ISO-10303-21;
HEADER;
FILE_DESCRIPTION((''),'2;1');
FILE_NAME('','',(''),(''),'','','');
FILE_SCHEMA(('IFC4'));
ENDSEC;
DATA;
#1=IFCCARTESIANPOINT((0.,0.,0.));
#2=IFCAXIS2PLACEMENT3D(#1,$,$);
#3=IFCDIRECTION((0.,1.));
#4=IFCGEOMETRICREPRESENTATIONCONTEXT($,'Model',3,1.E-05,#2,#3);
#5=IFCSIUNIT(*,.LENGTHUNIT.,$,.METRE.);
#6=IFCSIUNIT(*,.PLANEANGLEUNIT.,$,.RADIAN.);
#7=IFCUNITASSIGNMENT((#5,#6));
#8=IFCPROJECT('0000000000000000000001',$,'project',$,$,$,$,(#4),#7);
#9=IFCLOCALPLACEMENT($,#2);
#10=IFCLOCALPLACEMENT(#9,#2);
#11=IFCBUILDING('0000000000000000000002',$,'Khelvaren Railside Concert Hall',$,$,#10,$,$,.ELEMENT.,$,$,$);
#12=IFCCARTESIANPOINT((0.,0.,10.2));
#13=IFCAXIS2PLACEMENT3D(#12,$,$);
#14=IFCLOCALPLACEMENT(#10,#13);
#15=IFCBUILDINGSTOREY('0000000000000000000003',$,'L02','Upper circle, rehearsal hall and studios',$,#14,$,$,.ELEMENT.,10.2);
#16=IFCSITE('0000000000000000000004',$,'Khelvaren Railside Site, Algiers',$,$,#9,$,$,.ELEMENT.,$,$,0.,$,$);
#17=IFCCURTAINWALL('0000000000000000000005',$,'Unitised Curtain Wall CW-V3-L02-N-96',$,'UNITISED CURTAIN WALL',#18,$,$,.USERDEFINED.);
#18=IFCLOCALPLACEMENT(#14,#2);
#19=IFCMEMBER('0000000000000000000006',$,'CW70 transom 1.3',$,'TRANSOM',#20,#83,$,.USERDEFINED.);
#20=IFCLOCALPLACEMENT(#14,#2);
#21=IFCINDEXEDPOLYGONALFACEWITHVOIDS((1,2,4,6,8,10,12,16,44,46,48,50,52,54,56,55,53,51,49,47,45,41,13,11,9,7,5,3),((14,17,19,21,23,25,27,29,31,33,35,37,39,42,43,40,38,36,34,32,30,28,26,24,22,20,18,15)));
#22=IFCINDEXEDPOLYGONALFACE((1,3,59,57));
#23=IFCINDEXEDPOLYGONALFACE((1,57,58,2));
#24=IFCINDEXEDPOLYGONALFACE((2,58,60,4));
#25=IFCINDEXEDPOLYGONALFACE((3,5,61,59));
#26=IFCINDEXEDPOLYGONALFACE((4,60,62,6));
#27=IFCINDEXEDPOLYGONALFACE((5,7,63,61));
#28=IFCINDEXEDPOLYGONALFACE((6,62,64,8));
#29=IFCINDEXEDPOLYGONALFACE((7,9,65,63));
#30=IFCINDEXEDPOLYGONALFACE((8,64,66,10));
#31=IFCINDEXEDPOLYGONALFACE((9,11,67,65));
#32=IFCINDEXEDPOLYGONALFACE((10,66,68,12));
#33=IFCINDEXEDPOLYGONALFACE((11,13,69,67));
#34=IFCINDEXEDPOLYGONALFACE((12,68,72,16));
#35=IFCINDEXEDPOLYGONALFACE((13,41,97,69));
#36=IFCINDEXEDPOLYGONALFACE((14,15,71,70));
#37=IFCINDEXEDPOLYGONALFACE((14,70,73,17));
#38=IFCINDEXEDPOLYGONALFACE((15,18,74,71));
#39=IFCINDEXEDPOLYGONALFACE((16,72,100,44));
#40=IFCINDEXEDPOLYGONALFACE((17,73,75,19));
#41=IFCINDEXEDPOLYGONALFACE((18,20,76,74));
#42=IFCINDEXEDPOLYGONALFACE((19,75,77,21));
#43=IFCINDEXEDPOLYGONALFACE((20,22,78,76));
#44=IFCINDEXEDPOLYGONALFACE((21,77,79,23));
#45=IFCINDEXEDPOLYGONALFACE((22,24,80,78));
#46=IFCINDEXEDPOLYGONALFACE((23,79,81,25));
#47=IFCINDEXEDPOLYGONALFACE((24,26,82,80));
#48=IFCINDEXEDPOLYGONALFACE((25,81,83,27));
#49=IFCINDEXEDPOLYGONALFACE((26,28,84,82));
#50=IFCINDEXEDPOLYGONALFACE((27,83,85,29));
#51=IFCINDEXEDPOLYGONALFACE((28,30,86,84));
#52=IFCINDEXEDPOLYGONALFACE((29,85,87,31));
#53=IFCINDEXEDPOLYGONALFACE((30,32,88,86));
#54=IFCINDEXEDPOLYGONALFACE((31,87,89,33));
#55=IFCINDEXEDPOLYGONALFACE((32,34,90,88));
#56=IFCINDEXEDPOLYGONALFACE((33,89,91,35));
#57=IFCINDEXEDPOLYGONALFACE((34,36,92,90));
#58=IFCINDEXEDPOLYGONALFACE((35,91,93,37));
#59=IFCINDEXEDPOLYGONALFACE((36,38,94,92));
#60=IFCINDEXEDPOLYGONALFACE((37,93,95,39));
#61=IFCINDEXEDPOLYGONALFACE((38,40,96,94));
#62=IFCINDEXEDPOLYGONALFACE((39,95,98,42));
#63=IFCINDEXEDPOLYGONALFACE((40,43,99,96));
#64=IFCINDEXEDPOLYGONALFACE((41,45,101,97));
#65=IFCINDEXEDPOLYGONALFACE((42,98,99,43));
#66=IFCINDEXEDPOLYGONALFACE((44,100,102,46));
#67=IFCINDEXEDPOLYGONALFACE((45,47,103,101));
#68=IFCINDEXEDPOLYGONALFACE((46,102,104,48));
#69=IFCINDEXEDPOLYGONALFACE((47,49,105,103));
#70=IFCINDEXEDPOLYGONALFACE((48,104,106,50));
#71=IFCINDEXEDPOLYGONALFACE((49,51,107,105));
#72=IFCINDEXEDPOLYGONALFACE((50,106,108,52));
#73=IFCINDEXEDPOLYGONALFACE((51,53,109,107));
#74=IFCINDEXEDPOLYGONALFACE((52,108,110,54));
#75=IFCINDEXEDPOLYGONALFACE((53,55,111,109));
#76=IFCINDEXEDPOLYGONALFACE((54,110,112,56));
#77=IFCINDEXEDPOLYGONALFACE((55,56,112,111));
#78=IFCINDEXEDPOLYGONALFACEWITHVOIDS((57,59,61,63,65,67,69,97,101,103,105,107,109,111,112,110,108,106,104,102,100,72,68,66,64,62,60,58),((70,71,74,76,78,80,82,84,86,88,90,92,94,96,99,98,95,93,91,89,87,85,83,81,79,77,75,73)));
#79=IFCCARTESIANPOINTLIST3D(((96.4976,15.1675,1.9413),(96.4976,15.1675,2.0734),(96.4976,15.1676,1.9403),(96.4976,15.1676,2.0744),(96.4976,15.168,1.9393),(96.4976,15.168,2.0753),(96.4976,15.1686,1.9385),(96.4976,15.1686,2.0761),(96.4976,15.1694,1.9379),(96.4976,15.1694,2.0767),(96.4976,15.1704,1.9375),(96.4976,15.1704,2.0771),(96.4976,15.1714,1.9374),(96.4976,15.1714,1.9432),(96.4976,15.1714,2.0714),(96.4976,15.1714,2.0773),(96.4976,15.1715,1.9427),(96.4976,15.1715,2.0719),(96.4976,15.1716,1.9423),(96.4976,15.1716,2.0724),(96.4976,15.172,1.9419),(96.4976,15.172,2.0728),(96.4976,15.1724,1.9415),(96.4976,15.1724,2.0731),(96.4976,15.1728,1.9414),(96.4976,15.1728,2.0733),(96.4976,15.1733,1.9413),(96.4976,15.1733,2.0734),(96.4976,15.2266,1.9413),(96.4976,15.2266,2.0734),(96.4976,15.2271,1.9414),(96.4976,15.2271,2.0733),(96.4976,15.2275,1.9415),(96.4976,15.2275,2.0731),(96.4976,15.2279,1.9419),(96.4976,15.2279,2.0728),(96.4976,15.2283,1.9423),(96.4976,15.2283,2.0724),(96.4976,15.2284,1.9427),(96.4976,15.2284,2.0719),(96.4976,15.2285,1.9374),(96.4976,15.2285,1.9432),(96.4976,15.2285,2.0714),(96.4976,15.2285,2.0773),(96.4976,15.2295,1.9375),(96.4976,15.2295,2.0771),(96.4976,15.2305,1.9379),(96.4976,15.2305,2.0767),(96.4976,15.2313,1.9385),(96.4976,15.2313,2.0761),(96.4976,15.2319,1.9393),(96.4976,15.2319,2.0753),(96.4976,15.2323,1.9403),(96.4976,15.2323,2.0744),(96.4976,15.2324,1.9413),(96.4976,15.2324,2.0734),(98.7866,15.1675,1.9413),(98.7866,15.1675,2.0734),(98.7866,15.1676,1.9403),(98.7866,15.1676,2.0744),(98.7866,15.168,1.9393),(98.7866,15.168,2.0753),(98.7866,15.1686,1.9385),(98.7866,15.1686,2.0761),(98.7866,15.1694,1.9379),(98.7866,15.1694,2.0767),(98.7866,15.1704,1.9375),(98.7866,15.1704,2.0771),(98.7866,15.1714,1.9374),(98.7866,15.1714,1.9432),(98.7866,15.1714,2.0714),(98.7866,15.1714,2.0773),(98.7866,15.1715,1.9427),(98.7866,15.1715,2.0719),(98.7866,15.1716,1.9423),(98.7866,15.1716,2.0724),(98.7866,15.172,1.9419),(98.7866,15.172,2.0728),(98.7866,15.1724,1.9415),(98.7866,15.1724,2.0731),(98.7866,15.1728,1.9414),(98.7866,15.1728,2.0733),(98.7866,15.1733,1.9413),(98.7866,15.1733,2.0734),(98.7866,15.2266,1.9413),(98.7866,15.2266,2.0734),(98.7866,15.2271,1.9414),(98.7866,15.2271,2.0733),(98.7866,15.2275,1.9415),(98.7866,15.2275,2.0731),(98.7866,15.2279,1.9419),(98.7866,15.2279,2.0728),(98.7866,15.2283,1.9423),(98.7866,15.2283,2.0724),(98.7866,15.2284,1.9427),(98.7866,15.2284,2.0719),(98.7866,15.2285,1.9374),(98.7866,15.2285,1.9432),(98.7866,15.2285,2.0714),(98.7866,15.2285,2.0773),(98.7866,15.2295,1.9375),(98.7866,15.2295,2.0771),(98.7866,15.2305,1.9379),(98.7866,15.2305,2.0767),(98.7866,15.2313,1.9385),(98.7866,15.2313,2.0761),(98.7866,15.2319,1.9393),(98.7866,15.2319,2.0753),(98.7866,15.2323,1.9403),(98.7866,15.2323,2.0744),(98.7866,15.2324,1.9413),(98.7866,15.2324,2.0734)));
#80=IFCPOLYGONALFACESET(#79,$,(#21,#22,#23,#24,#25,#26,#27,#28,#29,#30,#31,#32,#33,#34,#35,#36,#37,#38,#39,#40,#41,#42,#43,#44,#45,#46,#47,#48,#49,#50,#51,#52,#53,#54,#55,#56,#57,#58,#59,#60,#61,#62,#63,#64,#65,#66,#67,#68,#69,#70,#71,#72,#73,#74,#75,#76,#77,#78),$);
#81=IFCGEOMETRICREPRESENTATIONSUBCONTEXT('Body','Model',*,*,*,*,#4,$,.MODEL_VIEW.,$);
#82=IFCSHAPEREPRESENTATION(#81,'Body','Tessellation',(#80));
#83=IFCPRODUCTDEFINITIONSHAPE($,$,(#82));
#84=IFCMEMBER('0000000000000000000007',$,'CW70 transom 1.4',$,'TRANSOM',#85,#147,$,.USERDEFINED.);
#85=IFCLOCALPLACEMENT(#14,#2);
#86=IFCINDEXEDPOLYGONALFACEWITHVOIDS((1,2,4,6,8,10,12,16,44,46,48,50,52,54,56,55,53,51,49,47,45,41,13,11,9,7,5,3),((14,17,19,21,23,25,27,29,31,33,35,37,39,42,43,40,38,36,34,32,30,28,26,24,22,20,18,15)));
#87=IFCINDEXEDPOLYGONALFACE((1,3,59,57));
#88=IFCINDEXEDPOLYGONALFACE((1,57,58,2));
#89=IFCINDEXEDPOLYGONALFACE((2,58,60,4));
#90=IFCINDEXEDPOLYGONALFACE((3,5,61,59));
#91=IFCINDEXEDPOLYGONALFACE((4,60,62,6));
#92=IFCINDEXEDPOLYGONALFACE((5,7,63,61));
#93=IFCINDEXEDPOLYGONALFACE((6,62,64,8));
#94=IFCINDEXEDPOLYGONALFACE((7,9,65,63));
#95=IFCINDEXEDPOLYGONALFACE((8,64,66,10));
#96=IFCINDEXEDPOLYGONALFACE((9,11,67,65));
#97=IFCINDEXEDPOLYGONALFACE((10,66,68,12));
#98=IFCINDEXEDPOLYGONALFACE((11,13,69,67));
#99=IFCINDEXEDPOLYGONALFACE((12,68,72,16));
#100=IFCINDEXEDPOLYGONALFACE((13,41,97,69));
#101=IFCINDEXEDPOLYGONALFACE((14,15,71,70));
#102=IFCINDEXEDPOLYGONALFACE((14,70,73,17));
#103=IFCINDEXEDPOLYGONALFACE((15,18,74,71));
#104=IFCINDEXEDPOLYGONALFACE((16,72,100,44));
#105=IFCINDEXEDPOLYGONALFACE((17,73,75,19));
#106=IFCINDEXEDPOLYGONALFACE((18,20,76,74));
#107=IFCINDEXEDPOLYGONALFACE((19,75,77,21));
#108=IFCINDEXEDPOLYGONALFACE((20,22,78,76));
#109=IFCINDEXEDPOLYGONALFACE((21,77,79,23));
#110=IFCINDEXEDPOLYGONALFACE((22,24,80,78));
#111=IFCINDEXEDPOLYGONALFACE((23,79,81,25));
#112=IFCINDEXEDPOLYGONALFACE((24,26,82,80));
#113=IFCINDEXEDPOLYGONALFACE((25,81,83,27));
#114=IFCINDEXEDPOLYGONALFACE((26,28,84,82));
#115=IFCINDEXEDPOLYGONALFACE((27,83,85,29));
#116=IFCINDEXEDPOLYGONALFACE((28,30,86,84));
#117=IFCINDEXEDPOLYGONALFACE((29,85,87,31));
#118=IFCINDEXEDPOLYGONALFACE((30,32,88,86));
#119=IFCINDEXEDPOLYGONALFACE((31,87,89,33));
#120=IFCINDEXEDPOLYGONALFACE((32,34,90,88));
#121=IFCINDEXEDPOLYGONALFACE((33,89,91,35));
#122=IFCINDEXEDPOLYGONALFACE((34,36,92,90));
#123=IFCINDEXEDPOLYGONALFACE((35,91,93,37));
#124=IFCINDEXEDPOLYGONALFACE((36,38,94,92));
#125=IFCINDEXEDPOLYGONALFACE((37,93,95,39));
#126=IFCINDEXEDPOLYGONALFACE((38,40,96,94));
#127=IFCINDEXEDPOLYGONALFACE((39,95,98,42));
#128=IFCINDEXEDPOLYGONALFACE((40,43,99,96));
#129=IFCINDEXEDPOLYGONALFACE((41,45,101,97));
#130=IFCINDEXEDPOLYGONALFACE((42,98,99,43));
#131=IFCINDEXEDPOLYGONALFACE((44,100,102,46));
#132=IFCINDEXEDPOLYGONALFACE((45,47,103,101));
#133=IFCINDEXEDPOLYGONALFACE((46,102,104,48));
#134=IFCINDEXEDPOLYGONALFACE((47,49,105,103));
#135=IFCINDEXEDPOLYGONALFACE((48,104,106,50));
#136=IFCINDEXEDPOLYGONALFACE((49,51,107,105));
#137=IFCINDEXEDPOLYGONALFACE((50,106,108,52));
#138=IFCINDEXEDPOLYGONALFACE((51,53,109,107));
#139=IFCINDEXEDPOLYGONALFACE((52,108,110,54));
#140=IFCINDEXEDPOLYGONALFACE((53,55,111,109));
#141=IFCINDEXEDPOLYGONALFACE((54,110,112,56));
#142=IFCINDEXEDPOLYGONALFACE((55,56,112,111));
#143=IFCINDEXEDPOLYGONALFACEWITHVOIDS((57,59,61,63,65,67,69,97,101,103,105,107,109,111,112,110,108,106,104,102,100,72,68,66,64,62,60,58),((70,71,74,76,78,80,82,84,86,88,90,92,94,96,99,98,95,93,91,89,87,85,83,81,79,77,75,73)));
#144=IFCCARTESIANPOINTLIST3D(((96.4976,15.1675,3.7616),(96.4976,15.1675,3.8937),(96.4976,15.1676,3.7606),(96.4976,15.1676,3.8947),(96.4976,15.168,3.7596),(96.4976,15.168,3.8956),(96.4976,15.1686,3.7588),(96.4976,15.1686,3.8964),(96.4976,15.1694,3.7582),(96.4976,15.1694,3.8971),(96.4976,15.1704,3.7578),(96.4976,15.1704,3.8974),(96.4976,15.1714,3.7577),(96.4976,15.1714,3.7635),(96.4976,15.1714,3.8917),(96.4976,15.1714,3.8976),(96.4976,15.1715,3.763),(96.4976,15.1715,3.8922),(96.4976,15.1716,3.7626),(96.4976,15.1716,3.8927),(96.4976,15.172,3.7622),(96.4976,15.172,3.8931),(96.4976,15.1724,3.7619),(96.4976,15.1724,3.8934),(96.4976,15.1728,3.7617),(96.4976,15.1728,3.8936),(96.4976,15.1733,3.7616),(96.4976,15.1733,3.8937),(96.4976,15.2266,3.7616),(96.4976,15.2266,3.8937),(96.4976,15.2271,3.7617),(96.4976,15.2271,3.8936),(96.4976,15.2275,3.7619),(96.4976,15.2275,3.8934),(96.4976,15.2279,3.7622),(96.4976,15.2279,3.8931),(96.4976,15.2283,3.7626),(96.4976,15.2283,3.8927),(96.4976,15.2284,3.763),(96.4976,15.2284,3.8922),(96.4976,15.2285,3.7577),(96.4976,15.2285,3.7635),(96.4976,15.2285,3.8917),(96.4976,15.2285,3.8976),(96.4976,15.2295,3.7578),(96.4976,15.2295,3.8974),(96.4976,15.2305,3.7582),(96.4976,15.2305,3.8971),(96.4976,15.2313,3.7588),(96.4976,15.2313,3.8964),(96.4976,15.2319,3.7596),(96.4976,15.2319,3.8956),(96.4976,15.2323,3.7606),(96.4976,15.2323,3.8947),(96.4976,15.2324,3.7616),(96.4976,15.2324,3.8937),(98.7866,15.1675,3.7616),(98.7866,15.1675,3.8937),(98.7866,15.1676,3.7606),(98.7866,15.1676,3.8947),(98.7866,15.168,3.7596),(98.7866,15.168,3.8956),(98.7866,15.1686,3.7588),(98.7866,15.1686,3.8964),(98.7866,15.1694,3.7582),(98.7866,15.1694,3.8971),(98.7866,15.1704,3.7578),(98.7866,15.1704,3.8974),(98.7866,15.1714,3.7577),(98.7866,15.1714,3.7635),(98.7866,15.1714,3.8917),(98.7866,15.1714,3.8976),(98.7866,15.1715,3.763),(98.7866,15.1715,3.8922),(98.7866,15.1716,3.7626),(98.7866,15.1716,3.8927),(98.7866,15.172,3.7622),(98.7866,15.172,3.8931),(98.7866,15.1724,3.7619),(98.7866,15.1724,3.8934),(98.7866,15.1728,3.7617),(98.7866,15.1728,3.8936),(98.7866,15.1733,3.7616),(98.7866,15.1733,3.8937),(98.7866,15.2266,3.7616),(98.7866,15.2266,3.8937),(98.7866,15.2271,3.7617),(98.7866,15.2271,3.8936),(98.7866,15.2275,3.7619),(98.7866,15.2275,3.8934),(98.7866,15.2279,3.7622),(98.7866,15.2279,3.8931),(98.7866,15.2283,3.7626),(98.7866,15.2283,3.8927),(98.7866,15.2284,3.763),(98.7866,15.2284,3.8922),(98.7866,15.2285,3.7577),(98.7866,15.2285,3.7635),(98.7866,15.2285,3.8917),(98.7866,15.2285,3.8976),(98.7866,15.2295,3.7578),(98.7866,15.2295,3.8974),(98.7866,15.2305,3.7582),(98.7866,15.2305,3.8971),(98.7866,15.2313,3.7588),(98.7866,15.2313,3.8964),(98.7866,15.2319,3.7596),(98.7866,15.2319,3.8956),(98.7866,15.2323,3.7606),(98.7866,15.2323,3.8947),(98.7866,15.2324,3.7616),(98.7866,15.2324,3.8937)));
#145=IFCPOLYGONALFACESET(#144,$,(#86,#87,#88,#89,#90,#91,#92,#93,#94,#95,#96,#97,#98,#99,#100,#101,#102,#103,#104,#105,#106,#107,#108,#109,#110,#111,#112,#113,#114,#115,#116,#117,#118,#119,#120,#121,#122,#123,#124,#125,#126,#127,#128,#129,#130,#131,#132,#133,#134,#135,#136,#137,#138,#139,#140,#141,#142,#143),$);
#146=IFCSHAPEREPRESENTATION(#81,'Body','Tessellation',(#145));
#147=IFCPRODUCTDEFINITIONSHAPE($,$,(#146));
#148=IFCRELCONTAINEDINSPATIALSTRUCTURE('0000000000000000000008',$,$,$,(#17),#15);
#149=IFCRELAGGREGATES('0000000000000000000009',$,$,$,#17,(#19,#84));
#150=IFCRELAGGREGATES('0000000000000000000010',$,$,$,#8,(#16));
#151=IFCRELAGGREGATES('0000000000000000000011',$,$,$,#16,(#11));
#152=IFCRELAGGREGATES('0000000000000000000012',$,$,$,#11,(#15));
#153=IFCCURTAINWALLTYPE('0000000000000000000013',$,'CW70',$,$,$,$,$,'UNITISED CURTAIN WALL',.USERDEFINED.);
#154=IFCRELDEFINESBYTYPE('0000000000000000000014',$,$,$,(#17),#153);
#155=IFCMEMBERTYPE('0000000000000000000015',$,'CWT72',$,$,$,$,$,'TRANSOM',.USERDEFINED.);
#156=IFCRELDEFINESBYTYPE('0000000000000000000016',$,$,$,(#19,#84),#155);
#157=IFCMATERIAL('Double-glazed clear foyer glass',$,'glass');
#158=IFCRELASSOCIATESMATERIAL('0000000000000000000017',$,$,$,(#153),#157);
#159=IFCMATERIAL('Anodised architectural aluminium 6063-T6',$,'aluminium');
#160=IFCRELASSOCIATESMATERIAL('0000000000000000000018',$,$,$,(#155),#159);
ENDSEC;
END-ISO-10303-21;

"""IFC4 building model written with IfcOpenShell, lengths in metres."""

from ifc_helpers import new_model, si_unit, direction, frame, origin, origin_2d, place, context, subcontext, project, spatial, hollow_rectangle, extrude, material, material_profile, profile_set, type_object, element, aggregate, save


model = new_model("IFC4")

# Units and contexts
model_context = context("Model", 3, precision=1e-05, world=origin(), true_north=direction((0.0, 1.0)))
body_context = subcontext(model_context, "Body", "Model", "MODEL_VIEW")
ifc_project = project(units=[si_unit("LENGTHUNIT", "METRE"), si_unit("PLANEANGLEUNIT", "RADIAN")], contexts=[model_context])

# Site, building, storey
site_placement = place(None, origin())
site = spatial("IfcSite", under=ifc_project, at=site_placement, Name="Khelvaren Railside Site, Algiers", CompositionType="ELEMENT", RefElevation=0.0)
building_placement = place(site_placement, origin())
building = spatial("IfcBuilding", under=site, at=building_placement, Name="Khelvaren Railside Concert Hall", CompositionType="ELEMENT")
storey_placement = place(building_placement, frame((0.0, 0.0, 10.2)))
storey = spatial("IfcBuildingStorey", under=building, at=storey_placement, Name="L02", Description="Upper circle, rehearsal hall and studios", CompositionType="ELEMENT", Elevation=10.2)

# Shared definitions
ifc_material_1 = material(Name="Double-glazed clear foyer glass", Category="glass")
ifc_material_2 = material(Name="Anodised architectural aluminium 6063-T6", Category="aluminium")

# Curtain wall, members
curtain_wall_type_1 = type_object("IfcCurtainWallType", Name="CW70", ElementType="UNITISED CURTAIN WALL", PredefinedType="USERDEFINED", material=ifc_material_1)
curtain_wall_1_placement = place(storey_placement, origin())
curtain_wall_1 = element("IfcCurtainWall", 1, at=curtain_wall_1_placement, inside=storey, type_object=curtain_wall_type_1, Name="Unitised Curtain Wall CW-V3-L02-N-96", ObjectType="UNITISED CURTAIN WALL", PredefinedType="USERDEFINED")
ifc_material_profile_1 = material_profile(ifc_material_2, hollow_rectangle(XDim=0.0649, YDim=0.1399, WallThickness=0.0039, InnerFilletRadius=0.002, OuterFilletRadius=0.0039, at=origin_2d()), Name="CWT 65x140x4")
ifc_profile_set_1 = profile_set([ifc_material_profile_1], Name="Anodised architectural aluminium 6063-T6")
member_type_1 = type_object("IfcMemberType", Name="CWT72", ElementType="TRANSOM", PredefinedType="USERDEFINED", material=ifc_profile_set_1)
member_1_placement = place(storey_placement, frame((96.4976, 15.2, 2.0073), z_axis=(1.0, 0.0, 0.0), x_axis=(0.0, 1.0, 0.0)))
member_1 = element("IfcMember", 2, at=member_1_placement, type_object=member_type_1, Name="CW70 transom 1.3", ObjectType="TRANSOM", PredefinedType="USERDEFINED", context=body_context, shape_type="SweptSolid", body=[
    extrude(hollow_rectangle(XDim=0.0649, YDim=0.1399, WallThickness=0.0039, InnerFilletRadius=0.002, OuterFilletRadius=0.0039, at=origin_2d()), origin(), (0.0, 0.0, 1.0), 2.2891),
])
member_2_placement = place(storey_placement, frame((96.4976, 15.2, 3.8276), z_axis=(1.0, 0.0, 0.0), x_axis=(0.0, 1.0, 0.0)))
member_2 = element("IfcMember", 3, at=member_2_placement, type_object=member_type_1, Name="CW70 transom 1.4", ObjectType="TRANSOM", PredefinedType="USERDEFINED", context=body_context, shape_type="SweptSolid", body=[
    extrude(hollow_rectangle(XDim=0.0649, YDim=0.1399, WallThickness=0.0039, InnerFilletRadius=0.002, OuterFilletRadius=0.0039, at=origin_2d()), origin(), (0.0, 0.0, 1.0), 2.2891),
])

aggregate(curtain_wall_1, [member_1, member_2])

save(model, "model.ifc")
